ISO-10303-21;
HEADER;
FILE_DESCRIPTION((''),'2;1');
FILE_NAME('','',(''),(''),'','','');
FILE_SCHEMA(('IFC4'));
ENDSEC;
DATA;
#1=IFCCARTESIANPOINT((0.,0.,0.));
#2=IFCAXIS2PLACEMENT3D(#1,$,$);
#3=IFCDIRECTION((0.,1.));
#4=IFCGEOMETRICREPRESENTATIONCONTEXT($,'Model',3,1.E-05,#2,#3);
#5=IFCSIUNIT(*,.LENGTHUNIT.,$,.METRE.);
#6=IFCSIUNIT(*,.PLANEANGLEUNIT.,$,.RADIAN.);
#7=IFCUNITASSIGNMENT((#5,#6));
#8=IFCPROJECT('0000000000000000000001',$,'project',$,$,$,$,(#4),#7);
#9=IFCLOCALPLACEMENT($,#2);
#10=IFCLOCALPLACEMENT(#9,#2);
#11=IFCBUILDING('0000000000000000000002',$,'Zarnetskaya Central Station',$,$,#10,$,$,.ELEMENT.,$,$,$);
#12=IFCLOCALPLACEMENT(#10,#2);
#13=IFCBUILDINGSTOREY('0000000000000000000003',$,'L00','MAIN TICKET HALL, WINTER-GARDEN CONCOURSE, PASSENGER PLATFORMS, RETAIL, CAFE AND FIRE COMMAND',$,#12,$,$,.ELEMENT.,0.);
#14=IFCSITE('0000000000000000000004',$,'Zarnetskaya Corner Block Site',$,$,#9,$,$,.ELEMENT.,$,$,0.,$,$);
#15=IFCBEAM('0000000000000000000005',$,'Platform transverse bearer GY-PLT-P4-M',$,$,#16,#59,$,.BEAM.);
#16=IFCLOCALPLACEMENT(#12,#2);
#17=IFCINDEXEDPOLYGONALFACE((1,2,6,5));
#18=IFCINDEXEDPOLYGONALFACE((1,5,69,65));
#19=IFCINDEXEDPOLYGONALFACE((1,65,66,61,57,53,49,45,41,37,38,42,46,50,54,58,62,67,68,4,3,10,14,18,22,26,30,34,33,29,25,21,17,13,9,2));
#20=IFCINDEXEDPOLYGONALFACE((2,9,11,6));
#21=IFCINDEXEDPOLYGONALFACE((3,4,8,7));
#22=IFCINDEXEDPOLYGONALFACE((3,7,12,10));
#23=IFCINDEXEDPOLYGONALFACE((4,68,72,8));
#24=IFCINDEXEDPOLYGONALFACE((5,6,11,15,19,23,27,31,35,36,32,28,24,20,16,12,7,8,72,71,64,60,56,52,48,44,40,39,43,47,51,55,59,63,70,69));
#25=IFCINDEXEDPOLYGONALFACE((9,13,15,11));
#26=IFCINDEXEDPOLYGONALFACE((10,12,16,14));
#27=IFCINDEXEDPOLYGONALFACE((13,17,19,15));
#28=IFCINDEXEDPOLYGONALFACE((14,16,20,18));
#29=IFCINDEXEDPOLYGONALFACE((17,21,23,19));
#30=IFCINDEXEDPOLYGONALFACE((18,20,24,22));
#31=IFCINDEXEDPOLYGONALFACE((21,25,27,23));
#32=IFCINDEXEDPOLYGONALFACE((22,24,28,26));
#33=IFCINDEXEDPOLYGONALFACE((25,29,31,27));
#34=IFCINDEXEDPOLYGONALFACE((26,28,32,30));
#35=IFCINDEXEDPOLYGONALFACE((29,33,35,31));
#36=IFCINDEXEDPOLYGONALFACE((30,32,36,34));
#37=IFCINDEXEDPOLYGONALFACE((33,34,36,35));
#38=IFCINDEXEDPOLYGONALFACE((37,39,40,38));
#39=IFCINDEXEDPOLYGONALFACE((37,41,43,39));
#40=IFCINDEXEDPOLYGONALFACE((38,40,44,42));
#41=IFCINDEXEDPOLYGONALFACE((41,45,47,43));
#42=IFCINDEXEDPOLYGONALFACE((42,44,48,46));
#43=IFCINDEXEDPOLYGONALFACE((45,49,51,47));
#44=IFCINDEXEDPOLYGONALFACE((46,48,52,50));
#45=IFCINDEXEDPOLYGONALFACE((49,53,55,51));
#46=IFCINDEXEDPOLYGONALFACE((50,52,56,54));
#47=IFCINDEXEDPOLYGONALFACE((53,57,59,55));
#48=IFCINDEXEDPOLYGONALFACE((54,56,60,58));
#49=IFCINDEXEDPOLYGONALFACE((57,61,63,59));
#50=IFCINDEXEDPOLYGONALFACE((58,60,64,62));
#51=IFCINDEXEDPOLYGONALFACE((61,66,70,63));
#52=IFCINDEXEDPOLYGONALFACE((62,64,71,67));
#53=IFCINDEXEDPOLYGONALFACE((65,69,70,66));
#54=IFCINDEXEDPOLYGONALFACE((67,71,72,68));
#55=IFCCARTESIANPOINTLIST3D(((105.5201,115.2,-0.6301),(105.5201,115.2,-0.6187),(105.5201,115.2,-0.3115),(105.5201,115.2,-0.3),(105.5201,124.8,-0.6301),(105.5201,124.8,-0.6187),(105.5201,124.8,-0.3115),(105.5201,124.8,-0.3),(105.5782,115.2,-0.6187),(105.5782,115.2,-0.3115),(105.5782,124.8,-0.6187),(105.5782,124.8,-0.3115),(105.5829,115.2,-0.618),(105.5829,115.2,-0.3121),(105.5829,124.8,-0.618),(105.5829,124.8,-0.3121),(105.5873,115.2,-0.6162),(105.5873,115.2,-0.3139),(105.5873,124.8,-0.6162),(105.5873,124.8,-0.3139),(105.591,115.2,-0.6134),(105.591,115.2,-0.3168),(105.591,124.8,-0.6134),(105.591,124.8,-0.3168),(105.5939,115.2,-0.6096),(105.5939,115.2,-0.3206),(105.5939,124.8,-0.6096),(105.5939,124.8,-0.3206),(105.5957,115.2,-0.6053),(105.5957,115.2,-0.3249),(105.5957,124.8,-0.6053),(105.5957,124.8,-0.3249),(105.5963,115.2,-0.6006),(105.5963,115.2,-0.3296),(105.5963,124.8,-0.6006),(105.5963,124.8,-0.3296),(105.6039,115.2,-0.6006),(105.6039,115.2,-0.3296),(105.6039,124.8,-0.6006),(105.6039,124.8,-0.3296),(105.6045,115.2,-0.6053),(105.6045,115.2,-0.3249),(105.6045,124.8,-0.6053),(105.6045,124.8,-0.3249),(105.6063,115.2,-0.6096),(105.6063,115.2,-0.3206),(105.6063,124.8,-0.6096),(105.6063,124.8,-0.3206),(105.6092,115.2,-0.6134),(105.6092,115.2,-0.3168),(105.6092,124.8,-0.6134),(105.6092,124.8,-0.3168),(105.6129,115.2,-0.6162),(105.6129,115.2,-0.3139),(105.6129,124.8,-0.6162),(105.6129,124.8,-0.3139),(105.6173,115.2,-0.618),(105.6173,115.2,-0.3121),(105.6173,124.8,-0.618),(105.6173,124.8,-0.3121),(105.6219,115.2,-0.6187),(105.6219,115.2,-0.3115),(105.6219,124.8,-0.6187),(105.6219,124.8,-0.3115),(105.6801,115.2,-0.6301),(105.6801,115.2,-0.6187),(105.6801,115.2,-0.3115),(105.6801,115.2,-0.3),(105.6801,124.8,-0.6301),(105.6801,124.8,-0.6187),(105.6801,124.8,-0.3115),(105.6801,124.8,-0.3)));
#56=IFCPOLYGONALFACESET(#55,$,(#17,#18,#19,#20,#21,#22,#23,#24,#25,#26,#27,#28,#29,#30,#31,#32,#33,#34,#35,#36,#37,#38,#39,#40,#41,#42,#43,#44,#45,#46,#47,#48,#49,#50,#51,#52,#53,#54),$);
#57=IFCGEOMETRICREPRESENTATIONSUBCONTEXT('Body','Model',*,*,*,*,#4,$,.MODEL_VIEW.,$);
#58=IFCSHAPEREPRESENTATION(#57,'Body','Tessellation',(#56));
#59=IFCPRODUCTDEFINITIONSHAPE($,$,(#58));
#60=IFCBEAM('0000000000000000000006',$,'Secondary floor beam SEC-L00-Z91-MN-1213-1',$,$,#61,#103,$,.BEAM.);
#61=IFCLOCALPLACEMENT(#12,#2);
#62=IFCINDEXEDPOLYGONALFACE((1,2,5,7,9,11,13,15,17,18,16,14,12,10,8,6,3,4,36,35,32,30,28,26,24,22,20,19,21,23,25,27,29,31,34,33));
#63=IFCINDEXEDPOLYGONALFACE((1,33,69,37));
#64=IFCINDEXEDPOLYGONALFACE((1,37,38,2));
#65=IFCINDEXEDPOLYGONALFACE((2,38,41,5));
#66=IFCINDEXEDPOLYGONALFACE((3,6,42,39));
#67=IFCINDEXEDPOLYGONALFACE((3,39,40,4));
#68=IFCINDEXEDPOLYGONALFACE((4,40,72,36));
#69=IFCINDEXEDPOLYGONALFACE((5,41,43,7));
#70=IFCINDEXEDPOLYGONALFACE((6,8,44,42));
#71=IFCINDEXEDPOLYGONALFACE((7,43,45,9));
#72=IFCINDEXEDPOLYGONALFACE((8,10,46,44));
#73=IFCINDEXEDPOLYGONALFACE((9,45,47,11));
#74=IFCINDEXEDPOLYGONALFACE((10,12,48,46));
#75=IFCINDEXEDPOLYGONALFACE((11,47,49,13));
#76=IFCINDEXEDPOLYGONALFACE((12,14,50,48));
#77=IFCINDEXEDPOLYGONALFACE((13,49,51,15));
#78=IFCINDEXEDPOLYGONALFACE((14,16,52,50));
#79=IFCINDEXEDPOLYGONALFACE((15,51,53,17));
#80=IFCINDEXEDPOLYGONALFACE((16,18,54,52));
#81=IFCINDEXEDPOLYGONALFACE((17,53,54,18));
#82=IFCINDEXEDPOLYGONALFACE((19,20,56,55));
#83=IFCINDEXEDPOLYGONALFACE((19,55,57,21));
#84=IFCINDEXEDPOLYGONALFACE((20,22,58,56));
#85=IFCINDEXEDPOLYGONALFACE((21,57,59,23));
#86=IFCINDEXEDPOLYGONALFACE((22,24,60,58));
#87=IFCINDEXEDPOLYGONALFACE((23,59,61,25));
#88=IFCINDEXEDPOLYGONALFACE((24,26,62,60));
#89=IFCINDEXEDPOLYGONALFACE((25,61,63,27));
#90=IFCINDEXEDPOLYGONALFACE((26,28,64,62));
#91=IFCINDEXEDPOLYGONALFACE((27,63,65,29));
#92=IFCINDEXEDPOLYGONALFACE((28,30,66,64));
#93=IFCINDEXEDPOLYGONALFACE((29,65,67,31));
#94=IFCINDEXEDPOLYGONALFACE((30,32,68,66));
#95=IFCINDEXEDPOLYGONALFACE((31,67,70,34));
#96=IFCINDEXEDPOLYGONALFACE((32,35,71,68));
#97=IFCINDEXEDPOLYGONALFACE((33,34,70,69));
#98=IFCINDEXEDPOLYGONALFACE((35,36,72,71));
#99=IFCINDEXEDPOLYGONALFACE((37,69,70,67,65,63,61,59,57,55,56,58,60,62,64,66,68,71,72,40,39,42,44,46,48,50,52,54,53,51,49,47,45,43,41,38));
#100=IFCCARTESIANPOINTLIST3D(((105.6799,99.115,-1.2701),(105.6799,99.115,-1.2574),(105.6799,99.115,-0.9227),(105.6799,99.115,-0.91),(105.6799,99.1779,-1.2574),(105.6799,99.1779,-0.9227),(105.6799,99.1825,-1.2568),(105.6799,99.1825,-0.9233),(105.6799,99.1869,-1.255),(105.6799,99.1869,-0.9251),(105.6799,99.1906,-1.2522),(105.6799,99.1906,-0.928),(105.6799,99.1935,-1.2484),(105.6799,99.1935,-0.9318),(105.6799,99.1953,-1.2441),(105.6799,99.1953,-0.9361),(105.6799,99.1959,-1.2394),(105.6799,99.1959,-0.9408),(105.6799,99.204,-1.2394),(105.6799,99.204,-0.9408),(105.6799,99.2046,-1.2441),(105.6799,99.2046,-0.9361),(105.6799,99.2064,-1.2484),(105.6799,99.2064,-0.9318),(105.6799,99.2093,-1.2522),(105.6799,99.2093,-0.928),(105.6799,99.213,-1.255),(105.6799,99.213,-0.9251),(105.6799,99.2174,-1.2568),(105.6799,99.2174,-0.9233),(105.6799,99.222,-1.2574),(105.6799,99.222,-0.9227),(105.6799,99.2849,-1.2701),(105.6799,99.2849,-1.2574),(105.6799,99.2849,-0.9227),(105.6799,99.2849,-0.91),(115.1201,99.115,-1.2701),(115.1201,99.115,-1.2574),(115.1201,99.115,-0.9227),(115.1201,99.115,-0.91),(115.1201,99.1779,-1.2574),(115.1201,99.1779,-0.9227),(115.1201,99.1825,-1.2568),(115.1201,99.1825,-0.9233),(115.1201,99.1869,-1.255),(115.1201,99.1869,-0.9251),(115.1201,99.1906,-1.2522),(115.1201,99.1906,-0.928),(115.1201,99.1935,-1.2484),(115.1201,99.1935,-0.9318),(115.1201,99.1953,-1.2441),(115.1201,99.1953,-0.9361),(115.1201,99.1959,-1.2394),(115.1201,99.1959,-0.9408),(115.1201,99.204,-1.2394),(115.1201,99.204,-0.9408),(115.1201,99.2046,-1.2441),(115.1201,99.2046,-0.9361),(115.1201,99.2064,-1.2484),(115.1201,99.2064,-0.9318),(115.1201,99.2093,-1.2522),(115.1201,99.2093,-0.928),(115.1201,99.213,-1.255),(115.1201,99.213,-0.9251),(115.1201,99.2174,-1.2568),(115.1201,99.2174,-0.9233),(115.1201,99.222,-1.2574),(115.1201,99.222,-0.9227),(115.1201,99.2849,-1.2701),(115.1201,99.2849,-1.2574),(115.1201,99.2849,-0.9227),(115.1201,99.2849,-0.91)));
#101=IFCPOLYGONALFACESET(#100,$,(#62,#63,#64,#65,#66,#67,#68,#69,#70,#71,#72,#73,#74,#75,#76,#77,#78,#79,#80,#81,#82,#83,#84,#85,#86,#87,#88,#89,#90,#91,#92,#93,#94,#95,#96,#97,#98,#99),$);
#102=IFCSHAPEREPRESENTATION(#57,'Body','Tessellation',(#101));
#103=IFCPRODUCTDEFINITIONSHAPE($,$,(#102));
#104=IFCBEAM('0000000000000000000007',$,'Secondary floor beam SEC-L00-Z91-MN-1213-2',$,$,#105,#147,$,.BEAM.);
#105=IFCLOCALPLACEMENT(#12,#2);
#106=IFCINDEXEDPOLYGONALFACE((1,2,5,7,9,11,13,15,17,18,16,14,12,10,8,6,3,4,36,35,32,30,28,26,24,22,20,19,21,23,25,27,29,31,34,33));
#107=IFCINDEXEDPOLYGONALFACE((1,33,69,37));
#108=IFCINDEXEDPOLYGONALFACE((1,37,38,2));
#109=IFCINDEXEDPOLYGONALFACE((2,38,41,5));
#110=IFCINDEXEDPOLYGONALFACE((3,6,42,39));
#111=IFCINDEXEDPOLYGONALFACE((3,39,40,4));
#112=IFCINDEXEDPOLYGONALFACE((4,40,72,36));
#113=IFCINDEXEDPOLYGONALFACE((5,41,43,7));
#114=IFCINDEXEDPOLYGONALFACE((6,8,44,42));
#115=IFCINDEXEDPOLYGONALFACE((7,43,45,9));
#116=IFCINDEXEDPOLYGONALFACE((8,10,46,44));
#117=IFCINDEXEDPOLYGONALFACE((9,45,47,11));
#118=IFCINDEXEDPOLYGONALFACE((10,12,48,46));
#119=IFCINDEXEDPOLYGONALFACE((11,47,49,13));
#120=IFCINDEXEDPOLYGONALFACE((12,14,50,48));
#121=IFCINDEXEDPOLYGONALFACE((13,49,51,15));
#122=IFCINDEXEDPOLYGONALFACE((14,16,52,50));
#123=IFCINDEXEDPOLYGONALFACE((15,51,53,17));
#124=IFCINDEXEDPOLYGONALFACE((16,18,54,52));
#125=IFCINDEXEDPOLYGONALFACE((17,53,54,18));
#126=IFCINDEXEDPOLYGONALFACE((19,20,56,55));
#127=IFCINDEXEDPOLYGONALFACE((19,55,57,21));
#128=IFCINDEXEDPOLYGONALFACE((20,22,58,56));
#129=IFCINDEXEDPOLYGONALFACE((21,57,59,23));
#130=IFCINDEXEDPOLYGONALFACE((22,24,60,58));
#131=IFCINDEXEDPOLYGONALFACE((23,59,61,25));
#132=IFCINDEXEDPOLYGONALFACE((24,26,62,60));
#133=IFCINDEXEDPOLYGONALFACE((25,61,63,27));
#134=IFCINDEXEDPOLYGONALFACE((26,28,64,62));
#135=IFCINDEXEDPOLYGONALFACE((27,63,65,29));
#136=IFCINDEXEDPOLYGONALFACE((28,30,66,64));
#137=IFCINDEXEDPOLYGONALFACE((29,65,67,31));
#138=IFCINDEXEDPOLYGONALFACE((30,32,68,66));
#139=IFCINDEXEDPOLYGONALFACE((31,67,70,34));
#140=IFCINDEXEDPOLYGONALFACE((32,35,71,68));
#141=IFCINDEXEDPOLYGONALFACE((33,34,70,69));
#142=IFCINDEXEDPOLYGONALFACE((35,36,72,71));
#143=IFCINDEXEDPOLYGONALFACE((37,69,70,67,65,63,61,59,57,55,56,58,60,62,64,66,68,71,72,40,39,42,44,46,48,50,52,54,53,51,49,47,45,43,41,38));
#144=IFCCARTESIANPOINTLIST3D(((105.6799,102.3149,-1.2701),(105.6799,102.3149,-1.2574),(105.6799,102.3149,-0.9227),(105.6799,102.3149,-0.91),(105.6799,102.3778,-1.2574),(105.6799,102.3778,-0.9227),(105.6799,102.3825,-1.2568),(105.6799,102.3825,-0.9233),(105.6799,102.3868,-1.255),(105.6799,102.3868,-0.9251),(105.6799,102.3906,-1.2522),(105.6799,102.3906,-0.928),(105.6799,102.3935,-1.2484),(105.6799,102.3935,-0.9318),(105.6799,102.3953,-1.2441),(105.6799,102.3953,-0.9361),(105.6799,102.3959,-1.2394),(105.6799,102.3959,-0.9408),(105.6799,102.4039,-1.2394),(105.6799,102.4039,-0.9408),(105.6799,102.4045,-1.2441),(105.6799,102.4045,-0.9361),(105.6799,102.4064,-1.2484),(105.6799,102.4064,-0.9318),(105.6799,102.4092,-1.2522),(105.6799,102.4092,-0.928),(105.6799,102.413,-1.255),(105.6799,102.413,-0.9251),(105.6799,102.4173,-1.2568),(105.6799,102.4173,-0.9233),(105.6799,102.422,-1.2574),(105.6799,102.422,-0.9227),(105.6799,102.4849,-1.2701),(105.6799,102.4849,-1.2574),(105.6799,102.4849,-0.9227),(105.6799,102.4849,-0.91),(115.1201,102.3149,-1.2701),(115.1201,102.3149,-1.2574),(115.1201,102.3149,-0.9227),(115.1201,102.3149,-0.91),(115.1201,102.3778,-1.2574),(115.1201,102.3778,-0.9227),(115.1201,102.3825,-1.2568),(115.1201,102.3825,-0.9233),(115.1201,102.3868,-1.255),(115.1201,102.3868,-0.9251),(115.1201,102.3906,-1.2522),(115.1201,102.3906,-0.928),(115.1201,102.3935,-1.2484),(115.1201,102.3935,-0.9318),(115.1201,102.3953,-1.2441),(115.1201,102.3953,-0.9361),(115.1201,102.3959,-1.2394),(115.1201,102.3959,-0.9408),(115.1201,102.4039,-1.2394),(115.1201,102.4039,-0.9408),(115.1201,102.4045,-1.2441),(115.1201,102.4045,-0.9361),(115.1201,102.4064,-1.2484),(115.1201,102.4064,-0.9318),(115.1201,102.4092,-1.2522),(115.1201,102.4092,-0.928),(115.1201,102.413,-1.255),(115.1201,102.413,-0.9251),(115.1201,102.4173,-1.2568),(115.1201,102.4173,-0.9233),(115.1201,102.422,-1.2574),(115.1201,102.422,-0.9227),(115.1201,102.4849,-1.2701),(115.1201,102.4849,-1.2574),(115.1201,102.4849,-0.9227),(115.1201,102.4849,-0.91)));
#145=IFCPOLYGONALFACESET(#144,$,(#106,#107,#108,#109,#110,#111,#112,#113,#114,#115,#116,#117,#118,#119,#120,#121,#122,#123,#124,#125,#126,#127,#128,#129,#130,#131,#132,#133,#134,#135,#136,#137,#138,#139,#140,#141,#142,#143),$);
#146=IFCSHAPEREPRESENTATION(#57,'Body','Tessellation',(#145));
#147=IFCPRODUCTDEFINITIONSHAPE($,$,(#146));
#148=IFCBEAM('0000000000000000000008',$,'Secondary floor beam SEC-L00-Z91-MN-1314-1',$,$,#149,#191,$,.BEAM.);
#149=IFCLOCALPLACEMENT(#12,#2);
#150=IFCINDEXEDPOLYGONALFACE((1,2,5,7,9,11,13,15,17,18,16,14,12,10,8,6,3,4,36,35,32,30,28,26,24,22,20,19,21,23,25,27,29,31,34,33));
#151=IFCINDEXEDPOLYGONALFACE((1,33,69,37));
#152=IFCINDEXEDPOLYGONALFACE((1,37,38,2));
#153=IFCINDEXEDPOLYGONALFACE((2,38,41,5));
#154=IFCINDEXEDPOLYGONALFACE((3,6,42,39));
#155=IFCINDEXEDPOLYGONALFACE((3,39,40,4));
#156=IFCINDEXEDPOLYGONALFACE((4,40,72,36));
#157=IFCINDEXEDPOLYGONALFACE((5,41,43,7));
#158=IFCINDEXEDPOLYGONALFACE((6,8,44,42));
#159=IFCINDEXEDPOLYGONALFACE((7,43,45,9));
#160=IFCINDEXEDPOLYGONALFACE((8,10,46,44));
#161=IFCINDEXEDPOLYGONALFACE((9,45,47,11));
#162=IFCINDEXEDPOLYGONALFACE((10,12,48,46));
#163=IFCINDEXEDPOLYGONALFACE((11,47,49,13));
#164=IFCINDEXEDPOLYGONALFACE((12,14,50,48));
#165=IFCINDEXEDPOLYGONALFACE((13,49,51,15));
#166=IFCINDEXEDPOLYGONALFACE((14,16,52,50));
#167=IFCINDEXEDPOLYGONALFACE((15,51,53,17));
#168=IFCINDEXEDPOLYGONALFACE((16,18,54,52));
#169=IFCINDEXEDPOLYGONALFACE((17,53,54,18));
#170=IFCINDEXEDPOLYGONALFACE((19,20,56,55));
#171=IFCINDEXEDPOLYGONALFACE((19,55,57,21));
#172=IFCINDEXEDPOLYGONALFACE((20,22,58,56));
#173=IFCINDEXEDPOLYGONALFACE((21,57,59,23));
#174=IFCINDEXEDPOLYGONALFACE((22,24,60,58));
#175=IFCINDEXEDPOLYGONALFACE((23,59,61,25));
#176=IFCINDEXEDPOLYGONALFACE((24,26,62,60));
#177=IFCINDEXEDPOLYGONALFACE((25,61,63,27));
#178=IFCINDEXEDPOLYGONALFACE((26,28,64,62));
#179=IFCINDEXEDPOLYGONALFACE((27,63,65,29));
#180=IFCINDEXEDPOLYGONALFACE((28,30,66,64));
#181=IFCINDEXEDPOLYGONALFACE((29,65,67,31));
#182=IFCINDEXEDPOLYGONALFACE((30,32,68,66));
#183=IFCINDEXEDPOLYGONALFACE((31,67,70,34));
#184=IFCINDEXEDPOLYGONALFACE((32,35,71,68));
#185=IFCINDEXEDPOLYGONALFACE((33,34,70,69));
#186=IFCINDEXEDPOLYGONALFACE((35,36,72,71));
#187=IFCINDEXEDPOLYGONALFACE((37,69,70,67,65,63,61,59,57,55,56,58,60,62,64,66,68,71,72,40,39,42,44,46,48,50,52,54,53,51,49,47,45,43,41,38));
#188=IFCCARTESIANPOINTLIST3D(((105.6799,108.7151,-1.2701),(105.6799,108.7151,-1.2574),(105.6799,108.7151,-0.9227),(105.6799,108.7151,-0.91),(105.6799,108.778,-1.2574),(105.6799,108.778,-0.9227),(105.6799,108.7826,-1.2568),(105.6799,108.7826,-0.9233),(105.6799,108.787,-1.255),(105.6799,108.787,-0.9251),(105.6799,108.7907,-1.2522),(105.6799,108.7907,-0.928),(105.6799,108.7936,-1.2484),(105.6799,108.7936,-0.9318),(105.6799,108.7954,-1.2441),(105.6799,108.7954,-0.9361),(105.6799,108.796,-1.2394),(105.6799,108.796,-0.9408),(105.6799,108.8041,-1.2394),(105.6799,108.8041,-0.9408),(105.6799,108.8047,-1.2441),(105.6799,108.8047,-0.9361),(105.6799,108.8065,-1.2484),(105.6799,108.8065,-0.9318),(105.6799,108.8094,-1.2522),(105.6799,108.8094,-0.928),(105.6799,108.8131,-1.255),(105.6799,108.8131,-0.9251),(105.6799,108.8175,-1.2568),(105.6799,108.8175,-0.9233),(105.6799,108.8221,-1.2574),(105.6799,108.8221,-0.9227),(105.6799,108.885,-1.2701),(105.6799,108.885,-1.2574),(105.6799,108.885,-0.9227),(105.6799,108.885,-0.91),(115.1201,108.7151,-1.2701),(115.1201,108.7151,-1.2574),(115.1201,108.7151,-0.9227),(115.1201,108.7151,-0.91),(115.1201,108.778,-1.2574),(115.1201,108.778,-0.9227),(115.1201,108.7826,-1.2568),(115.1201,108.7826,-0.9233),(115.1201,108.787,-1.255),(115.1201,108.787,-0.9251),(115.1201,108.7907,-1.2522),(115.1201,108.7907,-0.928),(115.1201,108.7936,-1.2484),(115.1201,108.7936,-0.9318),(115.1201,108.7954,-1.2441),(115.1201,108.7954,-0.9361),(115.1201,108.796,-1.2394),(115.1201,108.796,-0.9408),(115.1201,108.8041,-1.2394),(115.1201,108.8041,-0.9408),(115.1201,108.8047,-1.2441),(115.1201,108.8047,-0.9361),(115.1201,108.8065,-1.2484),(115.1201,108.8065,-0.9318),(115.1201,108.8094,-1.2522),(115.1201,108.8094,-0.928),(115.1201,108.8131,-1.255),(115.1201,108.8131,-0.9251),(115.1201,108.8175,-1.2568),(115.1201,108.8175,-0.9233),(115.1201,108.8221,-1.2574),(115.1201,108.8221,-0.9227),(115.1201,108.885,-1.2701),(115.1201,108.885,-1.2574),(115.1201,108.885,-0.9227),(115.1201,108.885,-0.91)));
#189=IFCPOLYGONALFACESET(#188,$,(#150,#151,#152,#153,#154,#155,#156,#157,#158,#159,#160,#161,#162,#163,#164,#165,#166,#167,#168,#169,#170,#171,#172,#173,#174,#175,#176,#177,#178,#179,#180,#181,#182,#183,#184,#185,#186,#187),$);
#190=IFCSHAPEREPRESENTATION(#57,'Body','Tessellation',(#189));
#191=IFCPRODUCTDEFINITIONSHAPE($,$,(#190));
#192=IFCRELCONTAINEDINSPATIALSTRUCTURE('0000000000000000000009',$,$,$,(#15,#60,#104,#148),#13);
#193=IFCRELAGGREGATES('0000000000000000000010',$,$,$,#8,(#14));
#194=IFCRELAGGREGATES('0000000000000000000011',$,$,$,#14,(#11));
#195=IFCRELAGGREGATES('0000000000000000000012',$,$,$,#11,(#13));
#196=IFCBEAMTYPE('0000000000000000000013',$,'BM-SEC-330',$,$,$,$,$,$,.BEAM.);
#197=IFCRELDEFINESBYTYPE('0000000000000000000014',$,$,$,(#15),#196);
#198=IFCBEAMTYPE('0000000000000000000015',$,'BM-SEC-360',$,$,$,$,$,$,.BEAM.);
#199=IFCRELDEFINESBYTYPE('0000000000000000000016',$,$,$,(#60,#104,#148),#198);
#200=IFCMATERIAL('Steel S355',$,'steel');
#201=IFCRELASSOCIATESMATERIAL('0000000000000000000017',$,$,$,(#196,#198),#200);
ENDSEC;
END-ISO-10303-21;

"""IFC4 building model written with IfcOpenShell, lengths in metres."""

from ifc_helpers import new_model, si_unit, direction, frame, origin, origin_2d, place, context, subcontext, project, spatial, i_section, extrude, material, material_profile, profile_set, type_object, element, save


model = new_model("IFC4")

# Units and contexts
model_context = context("Model", 3, precision=1e-05, world=origin(), true_north=direction((0.0, 1.0)))
body_context = subcontext(model_context, "Body", "Model", "MODEL_VIEW")
ifc_project = project(units=[si_unit("LENGTHUNIT", "METRE"), si_unit("PLANEANGLEUNIT", "RADIAN")], contexts=[model_context])

# Site, building, storey
site_placement = place(None, origin())
site = spatial("IfcSite", under=ifc_project, at=site_placement, Name="Zarnetskaya Corner Block Site", CompositionType="ELEMENT", RefElevation=0.0)
building_placement = place(site_placement, origin())
building = spatial("IfcBuilding", under=site, at=building_placement, Name="Zarnetskaya Central Station", CompositionType="ELEMENT")
storey_placement = place(building_placement, origin())
storey = spatial("IfcBuildingStorey", under=building, at=storey_placement, Name="L00", Description="MAIN TICKET HALL, WINTER-GARDEN CONCOURSE, PASSENGER PLATFORMS, RETAIL, CAFE AND FIRE COMMAND", CompositionType="ELEMENT", Elevation=0.0)

# Shared definitions
ifc_material = material(Name="Steel S355", Category="steel")

# Beams
ifc_material_profile_1 = material_profile(ifc_material, i_section(OverallWidth=0.1599, OverallDepth=0.3301, WebThickness=0.0076, FlangeThickness=0.0115, FilletRadius=0.0181, at=origin_2d()), Name="IPE 330")
ifc_profile_set_1 = profile_set([ifc_material_profile_1], Name="Steel S355")
beam_type_1 = type_object("IfcBeamType", Name="BM-SEC-330", PredefinedType="BEAM", material=ifc_profile_set_1)
for number, where, z_axis, x_axis, name in (
    (1, (105.6001, 115.2, -0.4651), (0.0, 1.0, 0.0), (-1.0, 0.0, 0.0), "Platform transverse bearer GY-PLT-P4-M"),
):
    element("IfcBeam", number, at=place(storey_placement, frame(where, z_axis=z_axis, x_axis=x_axis)), inside=storey, type_object=beam_type_1, Name=name, PredefinedType="BEAM", context=body_context, shape_type="SweptSolid", body=[
        extrude(i_section(OverallWidth=0.1599, OverallDepth=0.3301, WebThickness=0.0076, FlangeThickness=0.0115, FilletRadius=0.0181, at=origin_2d()), origin(), (0.0, 0.0, 1.0), 9.6001),
    ])
ifc_material_profile_2 = material_profile(ifc_material, i_section(OverallWidth=0.1699, OverallDepth=0.3601, WebThickness=0.0081, FlangeThickness=0.0127, FilletRadius=0.0181, at=origin_2d()), Name="IPE 360")
ifc_profile_set_2 = profile_set([ifc_material_profile_2], Name="Steel S355")
beam_type_2 = type_object("IfcBeamType", Name="BM-SEC-360", PredefinedType="BEAM", material=ifc_profile_set_2)
for number, where, z_axis, x_axis, name in (
    (2, (105.6799, 99.2, -1.0901), (1.0, 0.0, 0.0), (0.0, 1.0, 0.0), "Secondary floor beam SEC-L00-Z91-MN-1213-1"),
    (3, (105.6799, 102.3999, -1.0901), (1.0, 0.0, 0.0), (0.0, 1.0, 0.0), "Secondary floor beam SEC-L00-Z91-MN-1213-2"),
    (4, (105.6799, 108.8, -1.0901), (1.0, 0.0, 0.0), (0.0, 1.0, 0.0), "Secondary floor beam SEC-L00-Z91-MN-1314-1"),
):
    element("IfcBeam", number, at=place(storey_placement, frame(where, z_axis=z_axis, x_axis=x_axis)), inside=storey, type_object=beam_type_2, Name=name, PredefinedType="BEAM", context=body_context, shape_type="SweptSolid", body=[
        extrude(i_section(OverallWidth=0.1699, OverallDepth=0.3601, WebThickness=0.0081, FlangeThickness=0.0127, FilletRadius=0.0181, at=origin_2d()), origin(), (0.0, 0.0, 1.0), 9.4402),
    ])

save(model, "model.ifc")
